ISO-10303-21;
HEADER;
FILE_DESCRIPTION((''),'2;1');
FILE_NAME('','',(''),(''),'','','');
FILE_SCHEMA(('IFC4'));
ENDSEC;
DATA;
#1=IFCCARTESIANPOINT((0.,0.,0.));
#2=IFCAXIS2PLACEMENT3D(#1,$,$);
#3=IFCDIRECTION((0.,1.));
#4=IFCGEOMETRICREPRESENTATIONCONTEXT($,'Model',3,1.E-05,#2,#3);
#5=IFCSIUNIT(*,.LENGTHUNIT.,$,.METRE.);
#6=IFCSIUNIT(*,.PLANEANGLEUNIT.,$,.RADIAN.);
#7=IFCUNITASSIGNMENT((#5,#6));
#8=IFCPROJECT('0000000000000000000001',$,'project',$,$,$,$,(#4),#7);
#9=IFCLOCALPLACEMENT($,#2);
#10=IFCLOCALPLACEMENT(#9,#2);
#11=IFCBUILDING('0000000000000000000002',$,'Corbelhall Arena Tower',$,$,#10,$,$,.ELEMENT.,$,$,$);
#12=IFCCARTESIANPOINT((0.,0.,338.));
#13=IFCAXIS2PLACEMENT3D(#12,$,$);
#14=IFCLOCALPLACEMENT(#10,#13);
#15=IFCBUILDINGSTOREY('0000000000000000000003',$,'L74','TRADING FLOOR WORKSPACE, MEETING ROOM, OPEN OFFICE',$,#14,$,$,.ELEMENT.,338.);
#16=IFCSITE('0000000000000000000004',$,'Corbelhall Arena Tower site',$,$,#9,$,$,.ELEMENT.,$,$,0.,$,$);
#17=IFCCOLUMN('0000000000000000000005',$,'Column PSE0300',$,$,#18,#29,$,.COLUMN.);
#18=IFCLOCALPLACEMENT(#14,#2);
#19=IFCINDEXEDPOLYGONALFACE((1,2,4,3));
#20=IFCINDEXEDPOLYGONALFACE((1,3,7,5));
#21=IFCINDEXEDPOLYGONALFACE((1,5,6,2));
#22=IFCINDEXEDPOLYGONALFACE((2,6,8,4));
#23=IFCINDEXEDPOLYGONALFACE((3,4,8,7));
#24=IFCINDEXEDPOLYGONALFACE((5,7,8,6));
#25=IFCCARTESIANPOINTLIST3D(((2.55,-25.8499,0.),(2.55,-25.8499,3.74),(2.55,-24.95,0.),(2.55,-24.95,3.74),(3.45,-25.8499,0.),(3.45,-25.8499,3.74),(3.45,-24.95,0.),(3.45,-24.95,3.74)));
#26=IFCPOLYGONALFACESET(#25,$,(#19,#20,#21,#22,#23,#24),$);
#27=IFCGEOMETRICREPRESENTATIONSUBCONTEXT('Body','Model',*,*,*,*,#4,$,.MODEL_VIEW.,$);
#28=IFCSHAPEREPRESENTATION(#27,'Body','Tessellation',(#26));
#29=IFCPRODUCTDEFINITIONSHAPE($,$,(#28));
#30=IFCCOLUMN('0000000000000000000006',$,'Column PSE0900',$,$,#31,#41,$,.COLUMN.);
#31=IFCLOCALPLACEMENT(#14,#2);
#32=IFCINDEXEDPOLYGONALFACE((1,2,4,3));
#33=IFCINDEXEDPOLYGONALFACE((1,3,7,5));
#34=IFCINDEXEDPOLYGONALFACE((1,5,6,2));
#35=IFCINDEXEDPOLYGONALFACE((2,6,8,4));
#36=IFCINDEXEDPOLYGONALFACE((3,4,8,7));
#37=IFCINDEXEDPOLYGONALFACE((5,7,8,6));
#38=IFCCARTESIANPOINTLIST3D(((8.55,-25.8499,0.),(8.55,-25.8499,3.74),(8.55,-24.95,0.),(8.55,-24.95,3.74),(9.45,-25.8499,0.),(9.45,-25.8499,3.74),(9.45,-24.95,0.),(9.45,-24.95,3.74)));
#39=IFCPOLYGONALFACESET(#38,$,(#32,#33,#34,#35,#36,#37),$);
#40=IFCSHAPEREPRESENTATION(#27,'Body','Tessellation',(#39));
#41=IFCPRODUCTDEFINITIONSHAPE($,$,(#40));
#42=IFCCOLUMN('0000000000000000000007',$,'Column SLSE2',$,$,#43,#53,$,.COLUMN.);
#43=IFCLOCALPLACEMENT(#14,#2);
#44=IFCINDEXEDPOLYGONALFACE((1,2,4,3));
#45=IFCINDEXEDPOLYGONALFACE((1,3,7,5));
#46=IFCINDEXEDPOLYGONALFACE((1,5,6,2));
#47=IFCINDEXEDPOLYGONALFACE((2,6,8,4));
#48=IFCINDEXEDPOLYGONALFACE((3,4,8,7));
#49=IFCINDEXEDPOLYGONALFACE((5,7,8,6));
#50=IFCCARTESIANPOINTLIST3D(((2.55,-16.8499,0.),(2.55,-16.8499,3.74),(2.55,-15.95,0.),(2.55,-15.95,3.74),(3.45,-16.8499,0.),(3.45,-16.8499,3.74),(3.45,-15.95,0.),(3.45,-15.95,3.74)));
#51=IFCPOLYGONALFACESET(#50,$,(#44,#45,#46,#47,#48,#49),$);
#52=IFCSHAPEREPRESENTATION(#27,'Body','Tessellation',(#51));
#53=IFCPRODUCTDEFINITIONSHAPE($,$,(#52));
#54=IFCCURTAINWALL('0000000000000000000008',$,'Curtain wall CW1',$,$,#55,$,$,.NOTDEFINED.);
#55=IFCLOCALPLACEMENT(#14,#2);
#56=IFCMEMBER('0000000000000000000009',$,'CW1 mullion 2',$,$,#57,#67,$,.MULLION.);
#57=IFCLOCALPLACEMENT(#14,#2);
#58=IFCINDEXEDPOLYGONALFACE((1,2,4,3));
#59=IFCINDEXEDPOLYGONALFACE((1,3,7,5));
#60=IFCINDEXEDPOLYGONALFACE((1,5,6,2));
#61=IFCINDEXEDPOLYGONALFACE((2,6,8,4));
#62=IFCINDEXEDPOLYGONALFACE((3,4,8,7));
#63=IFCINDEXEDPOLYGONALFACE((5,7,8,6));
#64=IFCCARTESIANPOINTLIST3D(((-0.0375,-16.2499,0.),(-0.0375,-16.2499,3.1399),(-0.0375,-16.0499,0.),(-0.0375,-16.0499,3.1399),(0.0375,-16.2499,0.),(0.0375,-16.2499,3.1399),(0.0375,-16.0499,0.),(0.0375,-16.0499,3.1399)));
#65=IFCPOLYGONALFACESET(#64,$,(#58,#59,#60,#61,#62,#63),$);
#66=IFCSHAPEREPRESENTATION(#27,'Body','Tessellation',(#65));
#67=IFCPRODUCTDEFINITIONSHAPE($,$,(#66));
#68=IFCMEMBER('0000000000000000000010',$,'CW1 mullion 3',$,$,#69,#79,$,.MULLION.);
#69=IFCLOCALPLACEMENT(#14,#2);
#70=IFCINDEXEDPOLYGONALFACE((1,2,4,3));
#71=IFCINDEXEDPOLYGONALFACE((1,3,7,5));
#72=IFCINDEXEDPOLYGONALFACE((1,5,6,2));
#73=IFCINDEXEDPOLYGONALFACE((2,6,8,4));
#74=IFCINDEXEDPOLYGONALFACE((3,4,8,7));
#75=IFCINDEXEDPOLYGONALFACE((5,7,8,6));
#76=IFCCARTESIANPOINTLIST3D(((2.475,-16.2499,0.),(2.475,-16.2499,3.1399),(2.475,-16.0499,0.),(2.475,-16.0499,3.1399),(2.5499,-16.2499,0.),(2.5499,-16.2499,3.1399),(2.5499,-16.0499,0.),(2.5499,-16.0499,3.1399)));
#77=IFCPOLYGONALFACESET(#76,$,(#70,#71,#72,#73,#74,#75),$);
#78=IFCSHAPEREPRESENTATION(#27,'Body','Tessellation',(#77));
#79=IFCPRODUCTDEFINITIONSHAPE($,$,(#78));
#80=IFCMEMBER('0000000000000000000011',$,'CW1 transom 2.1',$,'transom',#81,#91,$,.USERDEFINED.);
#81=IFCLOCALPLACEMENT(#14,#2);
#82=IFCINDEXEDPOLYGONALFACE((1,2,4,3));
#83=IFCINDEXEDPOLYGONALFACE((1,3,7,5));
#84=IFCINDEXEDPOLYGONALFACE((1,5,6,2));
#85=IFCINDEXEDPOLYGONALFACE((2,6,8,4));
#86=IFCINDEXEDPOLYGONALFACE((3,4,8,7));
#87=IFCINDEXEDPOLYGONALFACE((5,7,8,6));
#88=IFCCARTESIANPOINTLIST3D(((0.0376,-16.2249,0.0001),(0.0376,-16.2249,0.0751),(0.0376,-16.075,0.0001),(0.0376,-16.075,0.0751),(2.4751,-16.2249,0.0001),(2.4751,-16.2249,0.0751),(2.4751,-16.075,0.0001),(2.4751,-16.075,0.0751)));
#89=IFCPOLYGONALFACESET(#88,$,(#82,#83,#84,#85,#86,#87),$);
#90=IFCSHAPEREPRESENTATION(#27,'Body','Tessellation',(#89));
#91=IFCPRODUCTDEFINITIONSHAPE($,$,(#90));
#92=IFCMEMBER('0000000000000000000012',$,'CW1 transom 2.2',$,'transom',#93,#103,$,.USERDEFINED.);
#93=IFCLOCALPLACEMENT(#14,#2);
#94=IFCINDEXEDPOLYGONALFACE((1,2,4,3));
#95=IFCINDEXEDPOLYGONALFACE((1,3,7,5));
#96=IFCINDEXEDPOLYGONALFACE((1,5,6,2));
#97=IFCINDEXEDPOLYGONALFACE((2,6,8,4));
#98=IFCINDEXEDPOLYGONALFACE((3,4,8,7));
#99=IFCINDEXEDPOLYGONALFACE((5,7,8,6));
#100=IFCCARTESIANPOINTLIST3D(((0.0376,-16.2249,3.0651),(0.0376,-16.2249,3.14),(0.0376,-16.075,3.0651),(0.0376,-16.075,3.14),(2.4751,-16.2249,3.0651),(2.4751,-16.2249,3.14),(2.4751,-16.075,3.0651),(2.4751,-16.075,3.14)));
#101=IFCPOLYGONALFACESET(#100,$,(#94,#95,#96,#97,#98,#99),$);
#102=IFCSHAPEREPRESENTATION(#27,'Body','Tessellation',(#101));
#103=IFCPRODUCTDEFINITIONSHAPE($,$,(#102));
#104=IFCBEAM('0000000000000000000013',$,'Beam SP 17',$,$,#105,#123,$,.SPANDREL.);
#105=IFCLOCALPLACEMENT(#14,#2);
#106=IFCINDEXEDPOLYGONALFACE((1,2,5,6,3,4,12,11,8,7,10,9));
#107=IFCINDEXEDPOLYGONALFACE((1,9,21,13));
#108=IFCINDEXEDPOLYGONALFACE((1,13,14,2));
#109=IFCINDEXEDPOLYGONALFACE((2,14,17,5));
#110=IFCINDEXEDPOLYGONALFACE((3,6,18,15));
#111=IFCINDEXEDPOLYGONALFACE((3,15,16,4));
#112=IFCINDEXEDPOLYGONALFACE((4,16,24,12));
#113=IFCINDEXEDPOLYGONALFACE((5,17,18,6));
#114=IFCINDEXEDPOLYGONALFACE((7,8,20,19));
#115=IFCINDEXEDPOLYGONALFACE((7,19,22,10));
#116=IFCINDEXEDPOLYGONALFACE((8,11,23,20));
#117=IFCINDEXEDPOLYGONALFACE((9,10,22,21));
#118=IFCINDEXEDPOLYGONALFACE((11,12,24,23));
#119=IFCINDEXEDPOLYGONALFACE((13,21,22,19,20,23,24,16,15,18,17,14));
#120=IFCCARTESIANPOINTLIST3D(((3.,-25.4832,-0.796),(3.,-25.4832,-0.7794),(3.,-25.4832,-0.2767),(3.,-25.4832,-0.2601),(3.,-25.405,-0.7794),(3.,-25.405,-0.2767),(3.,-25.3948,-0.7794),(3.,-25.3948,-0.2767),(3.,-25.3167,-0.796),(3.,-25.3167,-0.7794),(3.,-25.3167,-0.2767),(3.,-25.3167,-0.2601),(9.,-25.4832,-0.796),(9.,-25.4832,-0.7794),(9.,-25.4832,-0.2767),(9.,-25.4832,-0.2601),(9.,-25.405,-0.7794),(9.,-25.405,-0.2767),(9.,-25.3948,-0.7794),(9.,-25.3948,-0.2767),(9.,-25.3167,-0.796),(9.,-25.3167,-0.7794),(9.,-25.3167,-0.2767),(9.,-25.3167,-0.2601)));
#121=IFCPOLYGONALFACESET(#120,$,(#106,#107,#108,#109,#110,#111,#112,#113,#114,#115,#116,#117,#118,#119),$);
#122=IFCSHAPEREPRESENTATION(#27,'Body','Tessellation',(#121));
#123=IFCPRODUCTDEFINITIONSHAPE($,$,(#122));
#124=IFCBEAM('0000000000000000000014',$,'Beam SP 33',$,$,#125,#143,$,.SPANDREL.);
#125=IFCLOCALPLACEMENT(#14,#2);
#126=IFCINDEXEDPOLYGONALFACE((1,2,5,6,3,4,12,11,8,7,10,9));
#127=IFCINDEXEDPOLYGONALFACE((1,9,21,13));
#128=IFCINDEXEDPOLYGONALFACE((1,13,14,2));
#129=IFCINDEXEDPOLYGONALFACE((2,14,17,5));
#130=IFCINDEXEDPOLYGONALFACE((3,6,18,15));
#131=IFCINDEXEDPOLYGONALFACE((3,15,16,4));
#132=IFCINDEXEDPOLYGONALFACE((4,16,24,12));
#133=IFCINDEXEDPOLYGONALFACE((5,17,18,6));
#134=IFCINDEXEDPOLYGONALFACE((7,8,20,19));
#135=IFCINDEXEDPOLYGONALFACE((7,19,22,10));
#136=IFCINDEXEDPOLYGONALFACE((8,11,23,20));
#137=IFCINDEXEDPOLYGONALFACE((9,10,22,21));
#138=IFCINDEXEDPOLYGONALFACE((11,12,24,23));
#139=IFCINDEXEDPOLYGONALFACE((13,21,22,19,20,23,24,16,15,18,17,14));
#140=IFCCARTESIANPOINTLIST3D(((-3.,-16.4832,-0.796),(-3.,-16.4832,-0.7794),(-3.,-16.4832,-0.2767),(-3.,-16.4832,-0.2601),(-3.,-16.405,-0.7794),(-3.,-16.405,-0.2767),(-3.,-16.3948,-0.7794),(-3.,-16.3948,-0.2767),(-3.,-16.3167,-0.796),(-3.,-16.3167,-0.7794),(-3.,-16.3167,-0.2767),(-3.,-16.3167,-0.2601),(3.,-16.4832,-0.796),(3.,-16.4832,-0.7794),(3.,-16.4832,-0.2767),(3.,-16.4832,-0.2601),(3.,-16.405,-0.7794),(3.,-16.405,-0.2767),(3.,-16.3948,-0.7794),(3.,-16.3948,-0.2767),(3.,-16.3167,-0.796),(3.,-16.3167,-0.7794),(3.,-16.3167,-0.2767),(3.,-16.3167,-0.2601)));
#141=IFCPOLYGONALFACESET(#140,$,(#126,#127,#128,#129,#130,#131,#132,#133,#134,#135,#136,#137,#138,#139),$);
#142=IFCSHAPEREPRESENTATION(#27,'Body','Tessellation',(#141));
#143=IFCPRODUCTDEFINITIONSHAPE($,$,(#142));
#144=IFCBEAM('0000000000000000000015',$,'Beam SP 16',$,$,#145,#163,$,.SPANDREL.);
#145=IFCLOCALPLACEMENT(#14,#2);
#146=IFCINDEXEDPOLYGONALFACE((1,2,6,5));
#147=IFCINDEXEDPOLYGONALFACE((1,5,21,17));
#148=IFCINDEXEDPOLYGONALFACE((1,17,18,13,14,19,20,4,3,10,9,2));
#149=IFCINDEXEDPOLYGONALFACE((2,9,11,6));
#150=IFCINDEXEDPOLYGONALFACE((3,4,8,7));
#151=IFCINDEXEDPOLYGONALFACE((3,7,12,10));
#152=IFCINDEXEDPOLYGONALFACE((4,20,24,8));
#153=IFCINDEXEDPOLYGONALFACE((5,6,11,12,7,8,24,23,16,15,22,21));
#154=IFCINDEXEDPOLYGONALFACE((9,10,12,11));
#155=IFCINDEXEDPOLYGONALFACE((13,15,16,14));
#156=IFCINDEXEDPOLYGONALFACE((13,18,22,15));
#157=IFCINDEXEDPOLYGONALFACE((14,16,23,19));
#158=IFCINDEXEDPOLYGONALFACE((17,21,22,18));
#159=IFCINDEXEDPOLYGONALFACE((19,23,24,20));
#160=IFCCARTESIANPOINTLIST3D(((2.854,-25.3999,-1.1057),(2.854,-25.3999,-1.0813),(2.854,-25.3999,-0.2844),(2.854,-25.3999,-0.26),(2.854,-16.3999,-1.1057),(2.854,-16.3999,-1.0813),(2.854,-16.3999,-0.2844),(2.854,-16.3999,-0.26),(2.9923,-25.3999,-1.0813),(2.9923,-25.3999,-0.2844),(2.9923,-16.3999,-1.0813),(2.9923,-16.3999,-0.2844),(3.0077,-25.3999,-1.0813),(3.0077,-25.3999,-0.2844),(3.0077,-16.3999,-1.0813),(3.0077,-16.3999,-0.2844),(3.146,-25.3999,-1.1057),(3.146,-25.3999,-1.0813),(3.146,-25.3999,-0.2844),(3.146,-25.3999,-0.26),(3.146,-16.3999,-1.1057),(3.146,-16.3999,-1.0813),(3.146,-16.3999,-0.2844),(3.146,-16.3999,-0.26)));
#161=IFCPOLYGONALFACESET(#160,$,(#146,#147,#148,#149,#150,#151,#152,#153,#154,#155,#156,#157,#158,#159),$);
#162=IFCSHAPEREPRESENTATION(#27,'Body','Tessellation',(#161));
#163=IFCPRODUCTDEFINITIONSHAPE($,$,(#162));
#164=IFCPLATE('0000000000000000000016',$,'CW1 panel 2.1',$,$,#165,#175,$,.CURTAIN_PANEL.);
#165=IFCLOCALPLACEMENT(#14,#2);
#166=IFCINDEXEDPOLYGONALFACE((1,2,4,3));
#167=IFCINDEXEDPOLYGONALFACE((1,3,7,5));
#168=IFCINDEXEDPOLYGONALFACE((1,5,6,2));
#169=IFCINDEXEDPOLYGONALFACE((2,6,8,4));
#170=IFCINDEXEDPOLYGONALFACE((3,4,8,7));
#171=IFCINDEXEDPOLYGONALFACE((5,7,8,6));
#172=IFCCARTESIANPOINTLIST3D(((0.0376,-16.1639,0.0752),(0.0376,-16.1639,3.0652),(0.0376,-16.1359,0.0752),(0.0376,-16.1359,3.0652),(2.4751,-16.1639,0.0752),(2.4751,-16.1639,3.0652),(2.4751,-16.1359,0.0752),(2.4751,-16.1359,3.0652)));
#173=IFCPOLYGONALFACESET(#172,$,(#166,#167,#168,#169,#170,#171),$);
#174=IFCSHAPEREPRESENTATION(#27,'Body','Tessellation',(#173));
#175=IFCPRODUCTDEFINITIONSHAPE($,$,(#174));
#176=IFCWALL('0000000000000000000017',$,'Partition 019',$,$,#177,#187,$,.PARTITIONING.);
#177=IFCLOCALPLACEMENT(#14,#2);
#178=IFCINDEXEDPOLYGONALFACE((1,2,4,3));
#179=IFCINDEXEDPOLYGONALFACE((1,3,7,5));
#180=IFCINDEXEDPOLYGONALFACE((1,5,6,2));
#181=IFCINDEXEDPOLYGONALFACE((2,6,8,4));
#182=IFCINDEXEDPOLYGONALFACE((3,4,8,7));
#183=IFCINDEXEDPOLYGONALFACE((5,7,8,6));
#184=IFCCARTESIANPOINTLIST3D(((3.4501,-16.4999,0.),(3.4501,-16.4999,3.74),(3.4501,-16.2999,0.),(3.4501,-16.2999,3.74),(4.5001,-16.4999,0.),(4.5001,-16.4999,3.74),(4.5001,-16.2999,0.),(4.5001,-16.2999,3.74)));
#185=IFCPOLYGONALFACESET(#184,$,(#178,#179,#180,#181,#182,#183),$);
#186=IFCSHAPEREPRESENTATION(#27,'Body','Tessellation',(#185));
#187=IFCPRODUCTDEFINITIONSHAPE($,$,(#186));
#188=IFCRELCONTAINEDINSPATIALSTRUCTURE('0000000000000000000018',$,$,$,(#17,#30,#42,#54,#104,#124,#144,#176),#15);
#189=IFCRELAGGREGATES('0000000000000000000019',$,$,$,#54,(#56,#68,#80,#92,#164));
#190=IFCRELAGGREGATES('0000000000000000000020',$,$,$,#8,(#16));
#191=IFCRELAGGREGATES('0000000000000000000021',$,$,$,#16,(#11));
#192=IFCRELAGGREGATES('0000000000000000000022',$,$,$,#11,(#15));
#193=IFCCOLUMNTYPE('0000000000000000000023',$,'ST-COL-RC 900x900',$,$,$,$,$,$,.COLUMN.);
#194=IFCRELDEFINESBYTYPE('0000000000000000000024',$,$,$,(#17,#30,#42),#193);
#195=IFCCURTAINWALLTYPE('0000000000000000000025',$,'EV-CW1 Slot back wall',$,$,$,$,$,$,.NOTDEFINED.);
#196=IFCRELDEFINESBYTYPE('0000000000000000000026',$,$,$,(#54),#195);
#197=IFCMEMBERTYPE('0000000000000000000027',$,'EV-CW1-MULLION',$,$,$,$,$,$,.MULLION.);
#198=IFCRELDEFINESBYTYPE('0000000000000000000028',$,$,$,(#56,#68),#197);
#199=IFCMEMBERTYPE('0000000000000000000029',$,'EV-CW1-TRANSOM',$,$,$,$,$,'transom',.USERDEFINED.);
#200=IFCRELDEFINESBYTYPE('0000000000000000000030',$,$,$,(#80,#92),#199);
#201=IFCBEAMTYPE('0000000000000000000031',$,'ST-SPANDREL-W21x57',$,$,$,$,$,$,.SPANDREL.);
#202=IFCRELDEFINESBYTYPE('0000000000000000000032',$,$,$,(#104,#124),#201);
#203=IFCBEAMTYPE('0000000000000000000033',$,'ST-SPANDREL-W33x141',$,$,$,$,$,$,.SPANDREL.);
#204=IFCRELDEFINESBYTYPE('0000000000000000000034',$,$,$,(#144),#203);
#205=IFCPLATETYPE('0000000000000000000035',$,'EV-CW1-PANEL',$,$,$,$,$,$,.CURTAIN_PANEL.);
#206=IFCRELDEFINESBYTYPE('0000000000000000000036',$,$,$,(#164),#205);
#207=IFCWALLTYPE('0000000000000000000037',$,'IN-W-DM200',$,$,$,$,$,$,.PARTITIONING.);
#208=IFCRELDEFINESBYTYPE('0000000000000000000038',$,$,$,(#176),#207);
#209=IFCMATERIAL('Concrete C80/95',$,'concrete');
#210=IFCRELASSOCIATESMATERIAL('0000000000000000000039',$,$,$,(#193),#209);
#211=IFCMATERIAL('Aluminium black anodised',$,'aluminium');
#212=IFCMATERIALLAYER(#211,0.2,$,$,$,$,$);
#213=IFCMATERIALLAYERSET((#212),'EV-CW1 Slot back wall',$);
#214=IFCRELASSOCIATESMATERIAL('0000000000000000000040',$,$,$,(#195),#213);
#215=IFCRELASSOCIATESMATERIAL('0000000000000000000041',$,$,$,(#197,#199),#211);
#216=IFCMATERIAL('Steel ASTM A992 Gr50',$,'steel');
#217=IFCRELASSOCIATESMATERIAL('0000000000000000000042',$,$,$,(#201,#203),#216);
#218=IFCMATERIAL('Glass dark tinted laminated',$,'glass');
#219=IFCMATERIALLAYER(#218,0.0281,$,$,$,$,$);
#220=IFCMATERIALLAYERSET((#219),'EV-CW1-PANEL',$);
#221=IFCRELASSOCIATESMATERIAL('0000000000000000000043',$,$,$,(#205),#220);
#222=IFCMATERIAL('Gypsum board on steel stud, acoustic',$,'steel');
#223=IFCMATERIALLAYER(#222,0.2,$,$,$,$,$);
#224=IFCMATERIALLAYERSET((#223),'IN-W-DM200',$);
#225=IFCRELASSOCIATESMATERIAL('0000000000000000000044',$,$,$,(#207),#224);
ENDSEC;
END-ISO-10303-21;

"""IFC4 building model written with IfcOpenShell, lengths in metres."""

from ifc_helpers import new_model, si_unit, direction, frame, frame_2d, origin, origin_2d, place, context, subcontext, project, spatial, rectangle, i_section, extrude, material, layer, layer_set, material_profile, profile_set, type_object, element, aggregate, save


model = new_model("IFC4")

# Units and contexts
model_context = context("Model", 3, precision=1e-05, world=origin(), true_north=direction((0.0, 1.0)))
body_context = subcontext(model_context, "Body", "Model", "MODEL_VIEW")
ifc_project = project(units=[si_unit("LENGTHUNIT", "METRE"), si_unit("PLANEANGLEUNIT", "RADIAN")], contexts=[model_context])

# Site, building, storey
site_placement = place(None, origin())
site = spatial("IfcSite", under=ifc_project, at=site_placement, Name="Corbelhall Arena Tower site", CompositionType="ELEMENT", RefElevation=0.0)
building_placement = place(site_placement, origin())
building = spatial("IfcBuilding", under=site, at=building_placement, Name="Corbelhall Arena Tower", CompositionType="ELEMENT")
storey_placement = place(building_placement, frame((0.0, 0.0, 338.0)))
storey = spatial("IfcBuildingStorey", under=building, at=storey_placement, Name="L74", Description="TRADING FLOOR WORKSPACE, MEETING ROOM, OPEN OFFICE", CompositionType="ELEMENT", Elevation=338.0)

# Columns
ifc_material_1 = material(Name="Concrete C80/95", Category="concrete")
ifc_material_profile_1 = material_profile(ifc_material_1, rectangle(XDim=0.8999, YDim=0.8999, at=origin_2d()))
ifc_profile_set_1 = profile_set([ifc_material_profile_1], Name="Concrete C80/95")
column_type = type_object("IfcColumnType", Name="ST-COL-RC 900x900", PredefinedType="COLUMN", material=ifc_profile_set_1)
for number, where, z_axis, x_axis, name in (
    (1, (3.0, -25.3999, 0.0), (0.0, 0.0, 1.0), (1.0, 0.0, 0.0), "Column PSE0300"),
    (2, (9.0, -25.3999, 0.0), (0.0, 0.0, 1.0), (1.0, 0.0, 0.0), "Column PSE0900"),
    (3, (3.0, -16.3999, 0.0), (0.0, 0.0, 1.0), (1.0, 0.0, 0.0), "Column SLSE2"),
):
    element("IfcColumn", number, at=place(storey_placement, frame(where, z_axis=z_axis, x_axis=x_axis)), inside=storey, type_object=column_type, Name=name, PredefinedType="COLUMN", context=body_context, shape_type="SweptSolid", body=[
        extrude(rectangle(XDim=0.8999, YDim=0.8999, at=origin_2d()), origin(), (0.0, 0.0, 1.0), 3.74),
    ])

# Curtain wall, members
ifc_material_2 = material(Name="Aluminium black anodised", Category="aluminium")
ifc_layer_1 = layer(ifc_material_2, 0.2)
ifc_layer_set_1 = layer_set([ifc_layer_1], Name="EV-CW1 Slot back wall")
curtain_wall_type = type_object("IfcCurtainWallType", Name="EV-CW1 Slot back wall", PredefinedType="NOTDEFINED", material=ifc_layer_set_1)
curtain_wall_placement = place(storey_placement, origin())
curtain_wall = element("IfcCurtainWall", 4, at=curtain_wall_placement, inside=storey, type_object=curtain_wall_type, Name="Curtain wall CW1", PredefinedType="NOTDEFINED")
ifc_material_profile_2 = material_profile(ifc_material_2, rectangle(XDim=0.2, YDim=0.075, at=origin_2d()))
ifc_profile_set_2 = profile_set([ifc_material_profile_2], Name="Aluminium black anodised")
member_type_1 = type_object("IfcMemberType", Name="EV-CW1-MULLION", PredefinedType="MULLION", material=ifc_profile_set_2)
member_1_placement = place(storey_placement, frame((0.0, -16.1499, 0.0), z_axis=(0.0, 0.0, 1.0), x_axis=(0.0, 1.0, 0.0)))
member_1 = element("IfcMember", 5, at=member_1_placement, type_object=member_type_1, Name="CW1 mullion 2", PredefinedType="MULLION", context=body_context, shape_type="SweptSolid", body=[
    extrude(rectangle(XDim=0.2, YDim=0.075, at=origin_2d()), origin(), (0.0, 0.0, 1.0), 3.1399),
])
member_2_placement = place(storey_placement, frame((2.5125, -16.1499, 0.0), z_axis=(0.0, 0.0, 1.0), x_axis=(0.0, 1.0, 0.0)))
member_2 = element("IfcMember", 6, at=member_2_placement, type_object=member_type_1, Name="CW1 mullion 3", PredefinedType="MULLION", context=body_context, shape_type="SweptSolid", body=[
    extrude(rectangle(XDim=0.2, YDim=0.075, at=origin_2d()), origin(), (0.0, 0.0, 1.0), 3.1399),
])
ifc_material_profile_3 = material_profile(ifc_material_2, rectangle(XDim=0.1499, YDim=0.075, at=origin_2d()))
ifc_profile_set_3 = profile_set([ifc_material_profile_3], Name="Aluminium black anodised")
member_type_2 = type_object("IfcMemberType", Name="EV-CW1-TRANSOM", ElementType="transom", PredefinedType="USERDEFINED", material=ifc_profile_set_3)
member_3_placement = place(storey_placement, frame((0.0376, -16.1499, 0.0376), z_axis=(1.0, 0.0, 0.0), x_axis=(0.0, 1.0, 0.0)))
member_3 = element("IfcMember", 7, at=member_3_placement, type_object=member_type_2, Name="CW1 transom 2.1", ObjectType="transom", PredefinedType="USERDEFINED", context=body_context, shape_type="SweptSolid", body=[
    extrude(rectangle(XDim=0.1499, YDim=0.075, at=origin_2d()), origin(), (0.0, 0.0, 1.0), 2.4375),
])
member_4_placement = place(storey_placement, frame((0.0376, -16.1499, 3.1025), z_axis=(1.0, 0.0, 0.0), x_axis=(0.0, 1.0, 0.0)))
member_4 = element("IfcMember", 8, at=member_4_placement, type_object=member_type_2, Name="CW1 transom 2.2", ObjectType="transom", PredefinedType="USERDEFINED", context=body_context, shape_type="SweptSolid", body=[
    extrude(rectangle(XDim=0.1499, YDim=0.075, at=origin_2d()), origin(), (0.0, 0.0, 1.0), 2.4375),
])

# Beams
ifc_material_3 = material(Name="Steel ASTM A992 Gr50", Category="steel")
ifc_material_profile_4 = material_profile(ifc_material_3, i_section(OverallWidth=0.1665, OverallDepth=0.5359, WebThickness=0.0103, FlangeThickness=0.0166, at=origin_2d()))
ifc_profile_set_4 = profile_set([ifc_material_profile_4], Name="Steel ASTM A992 Gr50")
beam_type_1 = type_object("IfcBeamType", Name="ST-SPANDREL-W21x57", PredefinedType="SPANDREL", material=ifc_profile_set_4)
for number, where, z_axis, x_axis, name in (
    (9, (9.0, -25.3999, -0.5281), (-1.0, 0.0, 0.0), (0.0, -1.0, 0.0), "Beam SP 17"),
    (10, (3.0, -16.3999, -0.5281), (-1.0, 0.0, 0.0), (0.0, -1.0, 0.0), "Beam SP 33"),
):
    element("IfcBeam", number, at=place(storey_placement, frame(where, z_axis=z_axis, x_axis=x_axis)), inside=storey, type_object=beam_type_1, Name=name, PredefinedType="SPANDREL", context=body_context, shape_type="SweptSolid", body=[
        extrude(i_section(OverallWidth=0.1665, OverallDepth=0.5359, WebThickness=0.0103, FlangeThickness=0.0166, at=origin_2d()), origin(), (0.0, 0.0, 1.0), 6.0),
    ])
ifc_material_profile_5 = material_profile(ifc_material_3, i_section(OverallWidth=0.292, OverallDepth=0.8457, WebThickness=0.0154, FlangeThickness=0.0244, at=origin_2d()))
ifc_profile_set_5 = profile_set([ifc_material_profile_5], Name="Steel ASTM A992 Gr50")
beam_type_2 = type_object("IfcBeamType", Name="ST-SPANDREL-W33x141", PredefinedType="SPANDREL", material=ifc_profile_set_5)
beam_placement = place(storey_placement, frame((3.0, -25.3999, -0.6829), z_axis=(0.0, 1.0, 0.0), x_axis=(-1.0, 0.0, 0.0)))
element("IfcBeam", 11, at=beam_placement, inside=storey, type_object=beam_type_2, Name="Beam SP 16", PredefinedType="SPANDREL", context=body_context, shape_type="SweptSolid", body=[
    extrude(i_section(OverallWidth=0.292, OverallDepth=0.8457, WebThickness=0.0154, FlangeThickness=0.0244, at=origin_2d()), origin(), (0.0, 0.0, 1.0), 9.0),
])

# Plate
ifc_material_4 = material(Name="Glass dark tinted laminated", Category="glass")
ifc_layer_2 = layer(ifc_material_4, 0.0281)
ifc_layer_set_2 = layer_set([ifc_layer_2], Name="EV-CW1-PANEL")
plate_type = type_object("IfcPlateType", Name="EV-CW1-PANEL", PredefinedType="CURTAIN_PANEL", material=ifc_layer_set_2)
plate_placement = place(storey_placement, frame((1.2563, -16.1499, 0.0752), z_axis=(0.0, 0.0, 1.0), x_axis=(1.0, 0.0, 0.0)))
plate = element("IfcPlate", 12, at=plate_placement, type_object=plate_type, Name="CW1 panel 2.1", PredefinedType="CURTAIN_PANEL", context=body_context, shape_type="SweptSolid", body=[
    extrude(rectangle(XDim=2.4375, YDim=0.0281, at=origin_2d()), origin(), (0.0, 0.0, 1.0), 2.99),
])
aggregate(curtain_wall, [member_1, member_2, member_3, member_4, plate])

# Wall
ifc_material_5 = material(Name="Gypsum board on steel stud, acoustic", Category="steel")
ifc_layer_3 = layer(ifc_material_5, 0.2)
ifc_layer_set_3 = layer_set([ifc_layer_3], Name="IN-W-DM200")
wall_type_1 = type_object("IfcWallType", Name="IN-W-DM200", PredefinedType="PARTITIONING", material=ifc_layer_set_3)
wall_1_placement = place(storey_placement, frame((4.5, -16.3999, 0.0), z_axis=(0.0, 0.0, 1.0), x_axis=(-1.0, 0.0, 0.0)))
element("IfcWall", 13, at=wall_1_placement, inside=storey, type_object=wall_type_1, Name="Partition 019", PredefinedType="PARTITIONING", context=body_context, shape_type="SweptSolid", body=[
    extrude(rectangle(XDim=1.05, YDim=0.2, at=frame_2d((0.5249, 0.0))), origin(), (0.0, 0.0, 1.0), 3.74),
])

save(model, "model.ifc")
